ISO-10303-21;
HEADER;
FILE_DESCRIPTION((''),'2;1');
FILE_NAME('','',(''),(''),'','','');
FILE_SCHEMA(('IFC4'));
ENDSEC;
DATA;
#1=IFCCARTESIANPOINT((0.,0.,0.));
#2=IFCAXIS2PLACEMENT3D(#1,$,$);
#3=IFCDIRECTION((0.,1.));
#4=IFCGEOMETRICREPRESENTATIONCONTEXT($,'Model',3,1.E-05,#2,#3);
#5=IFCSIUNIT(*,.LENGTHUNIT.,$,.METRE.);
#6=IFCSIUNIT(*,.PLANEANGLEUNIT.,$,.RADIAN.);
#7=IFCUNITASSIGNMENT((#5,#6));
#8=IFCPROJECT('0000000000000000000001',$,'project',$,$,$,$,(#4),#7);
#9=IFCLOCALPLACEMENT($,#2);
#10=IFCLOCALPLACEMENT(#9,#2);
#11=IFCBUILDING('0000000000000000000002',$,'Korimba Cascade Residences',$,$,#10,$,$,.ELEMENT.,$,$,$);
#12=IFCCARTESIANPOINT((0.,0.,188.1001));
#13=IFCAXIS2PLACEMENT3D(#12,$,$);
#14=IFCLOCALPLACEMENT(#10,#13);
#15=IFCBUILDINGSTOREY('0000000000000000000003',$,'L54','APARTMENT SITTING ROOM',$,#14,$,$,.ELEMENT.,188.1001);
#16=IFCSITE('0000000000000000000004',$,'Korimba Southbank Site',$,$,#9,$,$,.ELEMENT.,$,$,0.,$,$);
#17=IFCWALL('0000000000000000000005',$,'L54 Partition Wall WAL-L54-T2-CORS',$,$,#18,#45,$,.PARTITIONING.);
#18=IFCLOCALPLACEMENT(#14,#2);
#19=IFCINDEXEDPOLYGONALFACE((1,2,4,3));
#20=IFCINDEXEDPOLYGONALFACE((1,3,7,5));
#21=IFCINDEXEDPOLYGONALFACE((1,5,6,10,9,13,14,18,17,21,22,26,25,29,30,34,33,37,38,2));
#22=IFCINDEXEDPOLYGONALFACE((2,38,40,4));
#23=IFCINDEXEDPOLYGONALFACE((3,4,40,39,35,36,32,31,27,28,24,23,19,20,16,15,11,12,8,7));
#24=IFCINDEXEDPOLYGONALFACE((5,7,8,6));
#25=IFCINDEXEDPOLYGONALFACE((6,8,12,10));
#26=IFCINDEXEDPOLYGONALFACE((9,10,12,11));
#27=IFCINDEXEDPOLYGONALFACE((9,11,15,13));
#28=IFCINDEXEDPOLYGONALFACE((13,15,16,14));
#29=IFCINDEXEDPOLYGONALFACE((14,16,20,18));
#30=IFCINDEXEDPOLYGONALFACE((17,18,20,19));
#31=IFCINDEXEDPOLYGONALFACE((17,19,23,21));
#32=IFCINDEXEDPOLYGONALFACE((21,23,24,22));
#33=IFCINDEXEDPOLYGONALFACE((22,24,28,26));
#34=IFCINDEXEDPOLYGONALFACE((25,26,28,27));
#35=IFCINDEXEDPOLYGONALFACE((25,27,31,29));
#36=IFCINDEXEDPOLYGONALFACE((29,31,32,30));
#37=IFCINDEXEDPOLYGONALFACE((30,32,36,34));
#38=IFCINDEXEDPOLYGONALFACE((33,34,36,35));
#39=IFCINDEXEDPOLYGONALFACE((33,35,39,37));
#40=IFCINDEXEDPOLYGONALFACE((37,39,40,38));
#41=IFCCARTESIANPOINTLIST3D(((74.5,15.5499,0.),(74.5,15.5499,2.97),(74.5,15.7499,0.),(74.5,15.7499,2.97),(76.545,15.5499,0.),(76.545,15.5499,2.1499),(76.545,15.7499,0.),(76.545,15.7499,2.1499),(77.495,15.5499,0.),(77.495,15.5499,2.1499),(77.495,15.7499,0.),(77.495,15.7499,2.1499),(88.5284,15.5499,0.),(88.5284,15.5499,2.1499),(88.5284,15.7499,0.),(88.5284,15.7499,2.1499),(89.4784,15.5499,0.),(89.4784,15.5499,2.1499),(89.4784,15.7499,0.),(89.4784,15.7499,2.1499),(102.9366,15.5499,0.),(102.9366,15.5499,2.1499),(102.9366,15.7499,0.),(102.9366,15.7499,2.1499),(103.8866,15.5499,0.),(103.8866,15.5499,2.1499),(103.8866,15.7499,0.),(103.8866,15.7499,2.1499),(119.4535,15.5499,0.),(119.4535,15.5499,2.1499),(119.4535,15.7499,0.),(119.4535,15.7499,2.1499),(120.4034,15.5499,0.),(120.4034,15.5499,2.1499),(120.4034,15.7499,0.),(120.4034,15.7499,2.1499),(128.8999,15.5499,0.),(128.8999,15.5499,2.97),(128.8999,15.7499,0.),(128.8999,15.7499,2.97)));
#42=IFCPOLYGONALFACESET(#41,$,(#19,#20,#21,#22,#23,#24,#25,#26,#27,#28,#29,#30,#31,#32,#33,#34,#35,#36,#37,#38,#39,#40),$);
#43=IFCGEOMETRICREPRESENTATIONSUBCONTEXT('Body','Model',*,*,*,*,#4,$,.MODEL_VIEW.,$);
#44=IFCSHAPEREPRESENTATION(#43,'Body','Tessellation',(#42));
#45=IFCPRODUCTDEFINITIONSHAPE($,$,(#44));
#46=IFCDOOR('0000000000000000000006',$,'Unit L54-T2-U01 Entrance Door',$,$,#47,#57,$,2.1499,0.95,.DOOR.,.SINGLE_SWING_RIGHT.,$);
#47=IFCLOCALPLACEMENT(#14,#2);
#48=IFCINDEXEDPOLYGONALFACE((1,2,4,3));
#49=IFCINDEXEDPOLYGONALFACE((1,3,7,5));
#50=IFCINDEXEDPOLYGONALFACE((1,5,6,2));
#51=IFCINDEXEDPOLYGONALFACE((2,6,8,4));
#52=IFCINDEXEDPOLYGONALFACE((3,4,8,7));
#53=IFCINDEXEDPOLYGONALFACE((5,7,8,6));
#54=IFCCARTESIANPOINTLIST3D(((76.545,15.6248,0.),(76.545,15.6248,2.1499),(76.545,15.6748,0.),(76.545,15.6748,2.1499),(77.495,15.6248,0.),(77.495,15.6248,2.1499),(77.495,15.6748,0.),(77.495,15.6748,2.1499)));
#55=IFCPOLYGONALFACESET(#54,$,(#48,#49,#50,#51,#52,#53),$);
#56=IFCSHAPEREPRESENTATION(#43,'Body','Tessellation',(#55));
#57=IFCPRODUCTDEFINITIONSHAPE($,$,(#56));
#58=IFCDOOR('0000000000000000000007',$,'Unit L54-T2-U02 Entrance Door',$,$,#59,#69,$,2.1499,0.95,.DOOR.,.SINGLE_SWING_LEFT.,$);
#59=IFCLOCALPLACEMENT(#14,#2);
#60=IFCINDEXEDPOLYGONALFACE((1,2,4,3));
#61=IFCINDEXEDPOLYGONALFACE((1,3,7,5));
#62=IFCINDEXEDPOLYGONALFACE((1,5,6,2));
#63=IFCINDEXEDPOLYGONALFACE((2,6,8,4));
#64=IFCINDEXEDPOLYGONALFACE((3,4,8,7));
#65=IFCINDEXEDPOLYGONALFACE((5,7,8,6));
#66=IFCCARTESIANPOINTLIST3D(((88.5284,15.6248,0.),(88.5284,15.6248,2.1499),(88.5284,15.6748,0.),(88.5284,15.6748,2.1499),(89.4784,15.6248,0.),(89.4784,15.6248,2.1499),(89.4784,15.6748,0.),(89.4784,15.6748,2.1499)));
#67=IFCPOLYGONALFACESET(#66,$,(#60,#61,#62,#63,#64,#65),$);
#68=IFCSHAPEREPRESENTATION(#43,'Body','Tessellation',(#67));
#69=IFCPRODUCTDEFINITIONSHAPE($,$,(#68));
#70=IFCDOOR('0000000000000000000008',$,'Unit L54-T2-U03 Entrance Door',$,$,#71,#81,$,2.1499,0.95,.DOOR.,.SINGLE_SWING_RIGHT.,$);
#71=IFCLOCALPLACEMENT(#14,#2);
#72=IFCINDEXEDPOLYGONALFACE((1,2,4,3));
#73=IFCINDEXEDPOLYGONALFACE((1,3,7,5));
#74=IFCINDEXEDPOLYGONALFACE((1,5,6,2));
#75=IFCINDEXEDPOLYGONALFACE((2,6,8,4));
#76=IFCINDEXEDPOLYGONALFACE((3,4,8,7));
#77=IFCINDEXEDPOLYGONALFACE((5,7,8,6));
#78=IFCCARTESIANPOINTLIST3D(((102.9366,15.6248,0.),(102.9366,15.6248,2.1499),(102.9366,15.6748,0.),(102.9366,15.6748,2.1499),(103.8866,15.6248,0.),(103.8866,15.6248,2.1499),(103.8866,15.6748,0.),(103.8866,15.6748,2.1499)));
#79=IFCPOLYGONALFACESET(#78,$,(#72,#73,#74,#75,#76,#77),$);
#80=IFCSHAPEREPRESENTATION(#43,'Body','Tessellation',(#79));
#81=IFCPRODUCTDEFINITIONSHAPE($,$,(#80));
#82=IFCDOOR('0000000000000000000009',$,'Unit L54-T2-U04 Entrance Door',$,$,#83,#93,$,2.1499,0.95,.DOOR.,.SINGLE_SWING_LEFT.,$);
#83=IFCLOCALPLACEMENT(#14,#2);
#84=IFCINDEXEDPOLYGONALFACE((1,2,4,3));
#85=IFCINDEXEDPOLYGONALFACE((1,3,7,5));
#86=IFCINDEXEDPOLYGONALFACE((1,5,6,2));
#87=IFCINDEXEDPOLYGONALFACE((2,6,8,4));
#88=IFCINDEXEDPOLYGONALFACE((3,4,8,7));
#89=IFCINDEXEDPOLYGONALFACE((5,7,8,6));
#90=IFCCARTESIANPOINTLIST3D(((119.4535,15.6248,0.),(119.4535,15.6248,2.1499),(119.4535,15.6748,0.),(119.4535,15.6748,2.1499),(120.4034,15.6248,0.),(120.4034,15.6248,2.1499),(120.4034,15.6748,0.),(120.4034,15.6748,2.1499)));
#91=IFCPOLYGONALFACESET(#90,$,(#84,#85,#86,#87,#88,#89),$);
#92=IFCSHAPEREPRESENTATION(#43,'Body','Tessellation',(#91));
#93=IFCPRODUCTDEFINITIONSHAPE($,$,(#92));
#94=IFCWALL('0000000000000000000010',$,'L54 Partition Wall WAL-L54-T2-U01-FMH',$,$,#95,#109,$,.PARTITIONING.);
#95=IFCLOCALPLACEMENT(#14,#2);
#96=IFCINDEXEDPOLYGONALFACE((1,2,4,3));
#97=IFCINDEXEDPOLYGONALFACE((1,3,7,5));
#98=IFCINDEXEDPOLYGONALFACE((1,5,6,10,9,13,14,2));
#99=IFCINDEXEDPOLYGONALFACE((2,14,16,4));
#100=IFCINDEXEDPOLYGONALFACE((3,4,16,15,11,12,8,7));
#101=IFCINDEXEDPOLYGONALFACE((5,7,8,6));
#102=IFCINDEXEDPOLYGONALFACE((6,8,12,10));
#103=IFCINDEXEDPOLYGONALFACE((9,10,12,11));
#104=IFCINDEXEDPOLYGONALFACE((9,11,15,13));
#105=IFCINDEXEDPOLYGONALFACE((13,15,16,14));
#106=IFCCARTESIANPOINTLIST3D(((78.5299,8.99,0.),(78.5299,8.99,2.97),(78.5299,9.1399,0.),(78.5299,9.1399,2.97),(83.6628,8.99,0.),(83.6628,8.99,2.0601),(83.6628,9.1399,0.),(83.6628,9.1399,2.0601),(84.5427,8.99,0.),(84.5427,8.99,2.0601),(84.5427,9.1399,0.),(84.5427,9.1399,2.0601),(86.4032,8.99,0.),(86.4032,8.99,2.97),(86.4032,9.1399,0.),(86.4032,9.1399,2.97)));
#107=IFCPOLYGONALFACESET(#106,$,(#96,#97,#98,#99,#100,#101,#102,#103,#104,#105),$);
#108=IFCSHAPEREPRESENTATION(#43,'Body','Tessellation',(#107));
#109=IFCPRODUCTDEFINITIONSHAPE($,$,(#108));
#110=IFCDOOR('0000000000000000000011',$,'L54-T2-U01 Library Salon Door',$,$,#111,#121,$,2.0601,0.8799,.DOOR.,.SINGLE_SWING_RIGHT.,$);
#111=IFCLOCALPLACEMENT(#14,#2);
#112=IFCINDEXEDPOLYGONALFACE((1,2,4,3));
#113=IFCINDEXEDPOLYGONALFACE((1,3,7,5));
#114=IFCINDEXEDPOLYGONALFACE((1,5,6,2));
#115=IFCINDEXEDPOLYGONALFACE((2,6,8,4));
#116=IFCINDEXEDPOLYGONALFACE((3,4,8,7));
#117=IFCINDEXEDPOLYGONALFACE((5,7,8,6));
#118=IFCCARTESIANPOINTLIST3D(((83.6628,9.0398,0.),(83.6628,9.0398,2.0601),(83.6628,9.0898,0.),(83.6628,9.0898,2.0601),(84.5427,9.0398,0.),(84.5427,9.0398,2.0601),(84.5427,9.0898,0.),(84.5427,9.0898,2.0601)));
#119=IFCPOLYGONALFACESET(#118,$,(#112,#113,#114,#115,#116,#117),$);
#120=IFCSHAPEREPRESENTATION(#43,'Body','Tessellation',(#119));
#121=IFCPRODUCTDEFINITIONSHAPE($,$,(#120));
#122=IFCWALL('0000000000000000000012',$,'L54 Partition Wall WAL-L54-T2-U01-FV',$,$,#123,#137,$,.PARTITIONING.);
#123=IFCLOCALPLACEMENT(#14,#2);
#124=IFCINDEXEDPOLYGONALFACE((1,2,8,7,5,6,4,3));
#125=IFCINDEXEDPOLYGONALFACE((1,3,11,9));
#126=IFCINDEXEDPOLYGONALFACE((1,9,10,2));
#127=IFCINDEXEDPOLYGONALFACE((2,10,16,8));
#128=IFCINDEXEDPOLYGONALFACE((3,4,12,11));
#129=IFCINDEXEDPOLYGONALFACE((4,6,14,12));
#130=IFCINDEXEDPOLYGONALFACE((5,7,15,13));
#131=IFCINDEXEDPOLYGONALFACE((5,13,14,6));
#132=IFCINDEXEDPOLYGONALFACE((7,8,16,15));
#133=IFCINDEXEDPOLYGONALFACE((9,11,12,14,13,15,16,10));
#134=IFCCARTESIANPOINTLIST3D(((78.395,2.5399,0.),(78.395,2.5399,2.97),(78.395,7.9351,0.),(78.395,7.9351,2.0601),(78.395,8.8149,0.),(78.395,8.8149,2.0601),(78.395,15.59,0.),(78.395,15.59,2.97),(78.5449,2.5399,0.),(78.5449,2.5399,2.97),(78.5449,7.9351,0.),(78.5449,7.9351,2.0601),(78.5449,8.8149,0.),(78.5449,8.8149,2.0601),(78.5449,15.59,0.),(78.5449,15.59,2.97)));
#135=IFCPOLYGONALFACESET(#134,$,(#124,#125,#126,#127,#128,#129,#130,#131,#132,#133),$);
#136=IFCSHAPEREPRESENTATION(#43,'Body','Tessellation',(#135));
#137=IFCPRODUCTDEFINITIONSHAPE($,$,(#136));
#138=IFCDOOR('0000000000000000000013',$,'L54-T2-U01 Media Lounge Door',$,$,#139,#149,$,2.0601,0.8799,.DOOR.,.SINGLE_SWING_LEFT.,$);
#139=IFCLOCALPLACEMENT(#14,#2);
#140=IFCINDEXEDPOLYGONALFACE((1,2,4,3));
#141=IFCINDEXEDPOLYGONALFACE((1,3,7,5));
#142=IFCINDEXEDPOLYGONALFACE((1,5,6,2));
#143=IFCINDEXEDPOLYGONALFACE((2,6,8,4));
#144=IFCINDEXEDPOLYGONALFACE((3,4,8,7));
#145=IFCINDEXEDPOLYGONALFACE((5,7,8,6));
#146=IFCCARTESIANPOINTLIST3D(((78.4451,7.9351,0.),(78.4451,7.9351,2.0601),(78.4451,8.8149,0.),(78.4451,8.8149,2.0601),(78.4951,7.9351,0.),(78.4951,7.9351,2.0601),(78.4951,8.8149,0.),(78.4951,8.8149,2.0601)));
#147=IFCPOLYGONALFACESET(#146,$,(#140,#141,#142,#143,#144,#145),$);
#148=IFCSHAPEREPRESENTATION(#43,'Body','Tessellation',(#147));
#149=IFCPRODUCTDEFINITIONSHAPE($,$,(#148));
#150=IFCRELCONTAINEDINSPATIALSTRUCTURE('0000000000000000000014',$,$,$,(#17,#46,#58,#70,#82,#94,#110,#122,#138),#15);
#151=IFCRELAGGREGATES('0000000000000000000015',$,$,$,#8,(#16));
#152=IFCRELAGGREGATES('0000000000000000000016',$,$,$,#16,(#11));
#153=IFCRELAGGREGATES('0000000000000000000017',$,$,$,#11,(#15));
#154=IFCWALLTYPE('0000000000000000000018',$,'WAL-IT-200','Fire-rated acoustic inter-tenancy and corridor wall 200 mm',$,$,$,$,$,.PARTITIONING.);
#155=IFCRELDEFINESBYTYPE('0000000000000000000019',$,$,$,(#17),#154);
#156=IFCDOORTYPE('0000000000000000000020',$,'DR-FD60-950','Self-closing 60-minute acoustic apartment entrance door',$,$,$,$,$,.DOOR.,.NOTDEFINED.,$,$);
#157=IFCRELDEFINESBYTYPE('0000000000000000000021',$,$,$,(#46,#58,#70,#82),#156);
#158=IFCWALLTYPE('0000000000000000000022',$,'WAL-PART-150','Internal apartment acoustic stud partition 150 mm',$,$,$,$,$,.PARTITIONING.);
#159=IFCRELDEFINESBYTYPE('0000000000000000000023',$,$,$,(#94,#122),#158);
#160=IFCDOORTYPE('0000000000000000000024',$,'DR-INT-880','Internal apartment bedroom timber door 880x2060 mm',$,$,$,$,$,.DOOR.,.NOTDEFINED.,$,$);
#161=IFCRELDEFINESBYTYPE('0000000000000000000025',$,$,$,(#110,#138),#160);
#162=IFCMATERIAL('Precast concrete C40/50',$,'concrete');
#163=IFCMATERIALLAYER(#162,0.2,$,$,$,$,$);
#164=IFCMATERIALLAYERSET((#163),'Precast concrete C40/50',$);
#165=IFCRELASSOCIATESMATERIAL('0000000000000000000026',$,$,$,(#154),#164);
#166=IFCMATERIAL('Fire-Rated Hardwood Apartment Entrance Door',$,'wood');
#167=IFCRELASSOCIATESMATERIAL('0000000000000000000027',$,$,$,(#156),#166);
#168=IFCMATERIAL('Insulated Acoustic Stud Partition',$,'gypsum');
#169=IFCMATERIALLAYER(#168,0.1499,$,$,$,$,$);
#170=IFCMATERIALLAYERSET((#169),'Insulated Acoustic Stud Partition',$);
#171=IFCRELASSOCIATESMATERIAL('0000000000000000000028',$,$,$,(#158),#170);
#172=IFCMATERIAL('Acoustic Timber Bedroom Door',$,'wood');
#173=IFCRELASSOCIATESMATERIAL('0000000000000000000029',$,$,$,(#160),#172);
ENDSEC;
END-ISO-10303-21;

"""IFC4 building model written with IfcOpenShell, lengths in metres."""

from ifc_helpers import new_model, si_unit, direction, frame, frame_2d, origin, place, context, subcontext, project, spatial, rectangle, extrude, material, layer, layer_set, type_object, element, fill, save


model = new_model("IFC4")

# Units and contexts
model_context = context("Model", 3, precision=1e-05, world=origin(), true_north=direction((0.0, 1.0)))
body_context = subcontext(model_context, "Body", "Model", "MODEL_VIEW")
ifc_project = project(units=[si_unit("LENGTHUNIT", "METRE"), si_unit("PLANEANGLEUNIT", "RADIAN")], contexts=[model_context])

# Site, building, storey
site_placement = place(None, origin())
site = spatial("IfcSite", under=ifc_project, at=site_placement, Name="Korimba Southbank Site", CompositionType="ELEMENT", RefElevation=0.0)
building_placement = place(site_placement, origin())
building = spatial("IfcBuilding", under=site, at=building_placement, Name="Korimba Cascade Residences", CompositionType="ELEMENT")
storey_placement = place(building_placement, frame((0.0, 0.0, 188.1001)))
storey = spatial("IfcBuildingStorey", under=building, at=storey_placement, Name="L54", Description="APARTMENT SITTING ROOM", CompositionType="ELEMENT", Elevation=188.1001)

# Shared definitions
ifc_material_1 = material(Name="Precast concrete C40/50", Category="concrete")

# Wall, openings, doors
ifc_layer_1 = layer(ifc_material_1, 0.2)
ifc_layer_set_1 = layer_set([ifc_layer_1], Name="Precast concrete C40/50")
wall_type_1 = type_object("IfcWallType", Name="WAL-IT-200", Description="Fire-rated acoustic inter-tenancy and corridor wall 200 mm", PredefinedType="PARTITIONING", material=ifc_layer_set_1)
wall_1_placement = place(storey_placement, frame((74.5, 15.6499, 0.0), z_axis=(0.0, 0.0, 1.0), x_axis=(1.0, 0.0, 0.0)))
wall_1 = element("IfcWall", 1, at=wall_1_placement, inside=storey, type_object=wall_type_1, Name="L54 Partition Wall WAL-L54-T2-CORS", PredefinedType="PARTITIONING", context=body_context, shape_type="SweptSolid", body=[
    extrude(rectangle(XDim=54.3999, YDim=0.2, at=frame_2d((27.2, 0.0))), origin(), (0.0, 0.0, 1.0), 2.97),
])
opening_1_placement = place(wall_1_placement, frame((2.0449, 0.0, 0.0)))
opening_1 = element("IfcOpeningElement", 2, at=opening_1_placement, cuts=wall_1, PredefinedType="OPENING", context=body_context, shape_type="SweptSolid", body=[
    extrude(rectangle(XDim=0.95, YDim=2.1499, at=frame_2d((0.4751, 1.075))), frame((0.0, 0.1099, 0.0), z_axis=(0.0, -1.0, 0.0), x_axis=(1.0, 0.0, 0.0)), (0.0, 0.0, 1.0), 0.22),
])
opening_2_placement = place(wall_1_placement, frame((14.0283, 0.0, 0.0)))
opening_2 = element("IfcOpeningElement", 3, at=opening_2_placement, cuts=wall_1, PredefinedType="OPENING", context=body_context, shape_type="SweptSolid", body=[
    extrude(rectangle(XDim=0.95, YDim=2.1499, at=frame_2d((0.4751, 1.075))), frame((0.0, 0.1099, 0.0), z_axis=(0.0, -1.0, 0.0), x_axis=(1.0, 0.0, 0.0)), (0.0, 0.0, 1.0), 0.22),
])
opening_3_placement = place(wall_1_placement, frame((28.4365, 0.0, 0.0)))
opening_3 = element("IfcOpeningElement", 4, at=opening_3_placement, cuts=wall_1, PredefinedType="OPENING", context=body_context, shape_type="SweptSolid", body=[
    extrude(rectangle(XDim=0.95, YDim=2.1499, at=frame_2d((0.4751, 1.075))), frame((0.0, 0.1099, 0.0), z_axis=(0.0, -1.0, 0.0), x_axis=(1.0, 0.0, 0.0)), (0.0, 0.0, 1.0), 0.22),
])
opening_4_placement = place(wall_1_placement, frame((44.9534, 0.0, 0.0)))
opening_4 = element("IfcOpeningElement", 5, at=opening_4_placement, cuts=wall_1, PredefinedType="OPENING", context=body_context, shape_type="SweptSolid", body=[
    extrude(rectangle(XDim=0.95, YDim=2.1499, at=frame_2d((0.4751, 1.075))), frame((0.0, 0.1099, 0.0), z_axis=(0.0, -1.0, 0.0), x_axis=(1.0, 0.0, 0.0)), (0.0, 0.0, 1.0), 0.22),
])
ifc_material_2 = material(Name="Fire-Rated Hardwood Apartment Entrance Door", Category="wood")
door_type_1 = type_object("IfcDoorType", Name="DR-FD60-950", Description="Self-closing 60-minute acoustic apartment entrance door", OperationType="NOTDEFINED", PredefinedType="DOOR", material=ifc_material_2)
door_1_placement = place(opening_1_placement, origin())
door_1 = element("IfcDoor", 6, at=door_1_placement, inside=storey, type_object=door_type_1, Name="Unit L54-T2-U01 Entrance Door", OperationType="SINGLE_SWING_RIGHT", OverallHeight=2.1499, OverallWidth=0.95, PredefinedType="DOOR", context=body_context, shape_type="SweptSolid", body=[
    extrude(rectangle(XDim=0.95, YDim=2.1499, at=frame_2d((0.4751, 1.075))), frame((0.0, 0.0249, 0.0), z_axis=(0.0, -1.0, 0.0), x_axis=(1.0, 0.0, 0.0)), (0.0, 0.0, 1.0), 0.05),
])
fill(opening_1, door_1)
door_2_placement = place(opening_2_placement, origin())
door_2 = element("IfcDoor", 7, at=door_2_placement, inside=storey, type_object=door_type_1, Name="Unit L54-T2-U02 Entrance Door", OperationType="SINGLE_SWING_LEFT", OverallHeight=2.1499, OverallWidth=0.95, PredefinedType="DOOR", context=body_context, shape_type="SweptSolid", body=[
    extrude(rectangle(XDim=0.95, YDim=2.1499, at=frame_2d((0.4751, 1.075))), frame((0.0, 0.0249, 0.0), z_axis=(0.0, -1.0, 0.0), x_axis=(1.0, 0.0, 0.0)), (0.0, 0.0, 1.0), 0.05),
])
fill(opening_2, door_2)
door_3_placement = place(opening_3_placement, origin())
door_3 = element("IfcDoor", 8, at=door_3_placement, inside=storey, type_object=door_type_1, Name="Unit L54-T2-U03 Entrance Door", OperationType="SINGLE_SWING_RIGHT", OverallHeight=2.1499, OverallWidth=0.95, PredefinedType="DOOR", context=body_context, shape_type="SweptSolid", body=[
    extrude(rectangle(XDim=0.95, YDim=2.1499, at=frame_2d((0.4751, 1.075))), frame((0.0, 0.0249, 0.0), z_axis=(0.0, -1.0, 0.0), x_axis=(1.0, 0.0, 0.0)), (0.0, 0.0, 1.0), 0.05),
])
fill(opening_3, door_3)
door_4_placement = place(opening_4_placement, origin())
door_4 = element("IfcDoor", 9, at=door_4_placement, inside=storey, type_object=door_type_1, Name="Unit L54-T2-U04 Entrance Door", OperationType="SINGLE_SWING_LEFT", OverallHeight=2.1499, OverallWidth=0.95, PredefinedType="DOOR", context=body_context, shape_type="SweptSolid", body=[
    extrude(rectangle(XDim=0.95, YDim=2.1499, at=frame_2d((0.4751, 1.075))), frame((0.0, 0.0249, 0.0), z_axis=(0.0, -1.0, 0.0), x_axis=(1.0, 0.0, 0.0)), (0.0, 0.0, 1.0), 0.05),
])
fill(opening_4, door_4)

# Walls, openings, doors
ifc_material_3 = material(Name="Insulated Acoustic Stud Partition", Category="gypsum")
ifc_layer_2 = layer(ifc_material_3, 0.1499)
ifc_layer_set_2 = layer_set([ifc_layer_2], Name="Insulated Acoustic Stud Partition")
wall_type_2 = type_object("IfcWallType", Name="WAL-PART-150", Description="Internal apartment acoustic stud partition 150 mm", PredefinedType="PARTITIONING", material=ifc_layer_set_2)
wall_2_placement = place(storey_placement, frame((78.53, 9.0649, 0.0), z_axis=(0.0, 0.0, 1.0), x_axis=(1.0, 0.0, 0.0)))
wall_2 = element("IfcWall", 10, at=wall_2_placement, inside=storey, type_object=wall_type_2, Name="L54 Partition Wall WAL-L54-T2-U01-FMH", PredefinedType="PARTITIONING", context=body_context, shape_type="SweptSolid", body=[
    extrude(rectangle(XDim=7.8733, YDim=0.1499, at=frame_2d((3.9365, 0.0))), origin(), (0.0, 0.0, 1.0), 2.97),
])
opening_5_placement = place(wall_2_placement, frame((5.1328, 0.0, 0.0)))
opening_5 = element("IfcOpeningElement", 11, at=opening_5_placement, cuts=wall_2, PredefinedType="OPENING", context=body_context, shape_type="SweptSolid", body=[
    extrude(rectangle(XDim=0.8799, YDim=2.0601, at=frame_2d((0.4399, 1.03))), frame((0.0, 0.085, 0.0), z_axis=(0.0, -1.0, 0.0), x_axis=(1.0, 0.0, 0.0)), (0.0, 0.0, 1.0), 0.1699),
])
ifc_material_4 = material(Name="Acoustic Timber Bedroom Door", Category="wood")
door_type_2 = type_object("IfcDoorType", Name="DR-INT-880", Description="Internal apartment bedroom timber door 880x2060 mm", OperationType="NOTDEFINED", PredefinedType="DOOR", material=ifc_material_4)
door_5_placement = place(opening_5_placement, origin())
door_5 = element("IfcDoor", 12, at=door_5_placement, inside=storey, type_object=door_type_2, Name="L54-T2-U01 Library Salon Door", OperationType="SINGLE_SWING_RIGHT", OverallHeight=2.0601, OverallWidth=0.8799, PredefinedType="DOOR", context=body_context, shape_type="SweptSolid", body=[
    extrude(rectangle(XDim=0.8799, YDim=2.0601, at=frame_2d((0.4399, 1.03))), frame((0.0, 0.0249, 0.0), z_axis=(0.0, -1.0, 0.0), x_axis=(1.0, 0.0, 0.0)), (0.0, 0.0, 1.0), 0.05),
])
fill(opening_5, door_5)
wall_3_placement = place(storey_placement, frame((78.47, 2.54, 0.0), z_axis=(0.0, 0.0, 1.0), x_axis=(0.0, 1.0, 0.0)))
wall_3 = element("IfcWall", 13, at=wall_3_placement, inside=storey, type_object=wall_type_2, Name="L54 Partition Wall WAL-L54-T2-U01-FV", PredefinedType="PARTITIONING", context=body_context, shape_type="SweptSolid", body=[
    extrude(rectangle(XDim=13.05, YDim=0.1499, at=frame_2d((6.5249, 0.0))), origin(), (0.0, 0.0, 1.0), 2.97),
])
opening_6_placement = place(wall_3_placement, frame((5.395, 0.0, 0.0)))
opening_6 = element("IfcOpeningElement", 14, at=opening_6_placement, cuts=wall_3, PredefinedType="OPENING", context=body_context, shape_type="SweptSolid", body=[
    extrude(rectangle(XDim=0.8799, YDim=2.0601, at=frame_2d((0.4399, 1.03))), frame((0.0, 0.085, 0.0), z_axis=(0.0, -1.0, 0.0), x_axis=(1.0, 0.0, 0.0)), (0.0, 0.0, 1.0), 0.1699),
])
door_6_placement = place(opening_6_placement, origin())
door_6 = element("IfcDoor", 15, at=door_6_placement, inside=storey, type_object=door_type_2, Name="L54-T2-U01 Media Lounge Door", OperationType="SINGLE_SWING_LEFT", OverallHeight=2.0601, OverallWidth=0.8799, PredefinedType="DOOR", context=body_context, shape_type="SweptSolid", body=[
    extrude(rectangle(XDim=0.8799, YDim=2.0601, at=frame_2d((0.4399, 1.03))), frame((0.0, 0.0249, 0.0), z_axis=(0.0, -1.0, 0.0), x_axis=(1.0, 0.0, 0.0)), (0.0, 0.0, 1.0), 0.05),
])
fill(opening_6, door_6)

save(model, "model.ifc")
